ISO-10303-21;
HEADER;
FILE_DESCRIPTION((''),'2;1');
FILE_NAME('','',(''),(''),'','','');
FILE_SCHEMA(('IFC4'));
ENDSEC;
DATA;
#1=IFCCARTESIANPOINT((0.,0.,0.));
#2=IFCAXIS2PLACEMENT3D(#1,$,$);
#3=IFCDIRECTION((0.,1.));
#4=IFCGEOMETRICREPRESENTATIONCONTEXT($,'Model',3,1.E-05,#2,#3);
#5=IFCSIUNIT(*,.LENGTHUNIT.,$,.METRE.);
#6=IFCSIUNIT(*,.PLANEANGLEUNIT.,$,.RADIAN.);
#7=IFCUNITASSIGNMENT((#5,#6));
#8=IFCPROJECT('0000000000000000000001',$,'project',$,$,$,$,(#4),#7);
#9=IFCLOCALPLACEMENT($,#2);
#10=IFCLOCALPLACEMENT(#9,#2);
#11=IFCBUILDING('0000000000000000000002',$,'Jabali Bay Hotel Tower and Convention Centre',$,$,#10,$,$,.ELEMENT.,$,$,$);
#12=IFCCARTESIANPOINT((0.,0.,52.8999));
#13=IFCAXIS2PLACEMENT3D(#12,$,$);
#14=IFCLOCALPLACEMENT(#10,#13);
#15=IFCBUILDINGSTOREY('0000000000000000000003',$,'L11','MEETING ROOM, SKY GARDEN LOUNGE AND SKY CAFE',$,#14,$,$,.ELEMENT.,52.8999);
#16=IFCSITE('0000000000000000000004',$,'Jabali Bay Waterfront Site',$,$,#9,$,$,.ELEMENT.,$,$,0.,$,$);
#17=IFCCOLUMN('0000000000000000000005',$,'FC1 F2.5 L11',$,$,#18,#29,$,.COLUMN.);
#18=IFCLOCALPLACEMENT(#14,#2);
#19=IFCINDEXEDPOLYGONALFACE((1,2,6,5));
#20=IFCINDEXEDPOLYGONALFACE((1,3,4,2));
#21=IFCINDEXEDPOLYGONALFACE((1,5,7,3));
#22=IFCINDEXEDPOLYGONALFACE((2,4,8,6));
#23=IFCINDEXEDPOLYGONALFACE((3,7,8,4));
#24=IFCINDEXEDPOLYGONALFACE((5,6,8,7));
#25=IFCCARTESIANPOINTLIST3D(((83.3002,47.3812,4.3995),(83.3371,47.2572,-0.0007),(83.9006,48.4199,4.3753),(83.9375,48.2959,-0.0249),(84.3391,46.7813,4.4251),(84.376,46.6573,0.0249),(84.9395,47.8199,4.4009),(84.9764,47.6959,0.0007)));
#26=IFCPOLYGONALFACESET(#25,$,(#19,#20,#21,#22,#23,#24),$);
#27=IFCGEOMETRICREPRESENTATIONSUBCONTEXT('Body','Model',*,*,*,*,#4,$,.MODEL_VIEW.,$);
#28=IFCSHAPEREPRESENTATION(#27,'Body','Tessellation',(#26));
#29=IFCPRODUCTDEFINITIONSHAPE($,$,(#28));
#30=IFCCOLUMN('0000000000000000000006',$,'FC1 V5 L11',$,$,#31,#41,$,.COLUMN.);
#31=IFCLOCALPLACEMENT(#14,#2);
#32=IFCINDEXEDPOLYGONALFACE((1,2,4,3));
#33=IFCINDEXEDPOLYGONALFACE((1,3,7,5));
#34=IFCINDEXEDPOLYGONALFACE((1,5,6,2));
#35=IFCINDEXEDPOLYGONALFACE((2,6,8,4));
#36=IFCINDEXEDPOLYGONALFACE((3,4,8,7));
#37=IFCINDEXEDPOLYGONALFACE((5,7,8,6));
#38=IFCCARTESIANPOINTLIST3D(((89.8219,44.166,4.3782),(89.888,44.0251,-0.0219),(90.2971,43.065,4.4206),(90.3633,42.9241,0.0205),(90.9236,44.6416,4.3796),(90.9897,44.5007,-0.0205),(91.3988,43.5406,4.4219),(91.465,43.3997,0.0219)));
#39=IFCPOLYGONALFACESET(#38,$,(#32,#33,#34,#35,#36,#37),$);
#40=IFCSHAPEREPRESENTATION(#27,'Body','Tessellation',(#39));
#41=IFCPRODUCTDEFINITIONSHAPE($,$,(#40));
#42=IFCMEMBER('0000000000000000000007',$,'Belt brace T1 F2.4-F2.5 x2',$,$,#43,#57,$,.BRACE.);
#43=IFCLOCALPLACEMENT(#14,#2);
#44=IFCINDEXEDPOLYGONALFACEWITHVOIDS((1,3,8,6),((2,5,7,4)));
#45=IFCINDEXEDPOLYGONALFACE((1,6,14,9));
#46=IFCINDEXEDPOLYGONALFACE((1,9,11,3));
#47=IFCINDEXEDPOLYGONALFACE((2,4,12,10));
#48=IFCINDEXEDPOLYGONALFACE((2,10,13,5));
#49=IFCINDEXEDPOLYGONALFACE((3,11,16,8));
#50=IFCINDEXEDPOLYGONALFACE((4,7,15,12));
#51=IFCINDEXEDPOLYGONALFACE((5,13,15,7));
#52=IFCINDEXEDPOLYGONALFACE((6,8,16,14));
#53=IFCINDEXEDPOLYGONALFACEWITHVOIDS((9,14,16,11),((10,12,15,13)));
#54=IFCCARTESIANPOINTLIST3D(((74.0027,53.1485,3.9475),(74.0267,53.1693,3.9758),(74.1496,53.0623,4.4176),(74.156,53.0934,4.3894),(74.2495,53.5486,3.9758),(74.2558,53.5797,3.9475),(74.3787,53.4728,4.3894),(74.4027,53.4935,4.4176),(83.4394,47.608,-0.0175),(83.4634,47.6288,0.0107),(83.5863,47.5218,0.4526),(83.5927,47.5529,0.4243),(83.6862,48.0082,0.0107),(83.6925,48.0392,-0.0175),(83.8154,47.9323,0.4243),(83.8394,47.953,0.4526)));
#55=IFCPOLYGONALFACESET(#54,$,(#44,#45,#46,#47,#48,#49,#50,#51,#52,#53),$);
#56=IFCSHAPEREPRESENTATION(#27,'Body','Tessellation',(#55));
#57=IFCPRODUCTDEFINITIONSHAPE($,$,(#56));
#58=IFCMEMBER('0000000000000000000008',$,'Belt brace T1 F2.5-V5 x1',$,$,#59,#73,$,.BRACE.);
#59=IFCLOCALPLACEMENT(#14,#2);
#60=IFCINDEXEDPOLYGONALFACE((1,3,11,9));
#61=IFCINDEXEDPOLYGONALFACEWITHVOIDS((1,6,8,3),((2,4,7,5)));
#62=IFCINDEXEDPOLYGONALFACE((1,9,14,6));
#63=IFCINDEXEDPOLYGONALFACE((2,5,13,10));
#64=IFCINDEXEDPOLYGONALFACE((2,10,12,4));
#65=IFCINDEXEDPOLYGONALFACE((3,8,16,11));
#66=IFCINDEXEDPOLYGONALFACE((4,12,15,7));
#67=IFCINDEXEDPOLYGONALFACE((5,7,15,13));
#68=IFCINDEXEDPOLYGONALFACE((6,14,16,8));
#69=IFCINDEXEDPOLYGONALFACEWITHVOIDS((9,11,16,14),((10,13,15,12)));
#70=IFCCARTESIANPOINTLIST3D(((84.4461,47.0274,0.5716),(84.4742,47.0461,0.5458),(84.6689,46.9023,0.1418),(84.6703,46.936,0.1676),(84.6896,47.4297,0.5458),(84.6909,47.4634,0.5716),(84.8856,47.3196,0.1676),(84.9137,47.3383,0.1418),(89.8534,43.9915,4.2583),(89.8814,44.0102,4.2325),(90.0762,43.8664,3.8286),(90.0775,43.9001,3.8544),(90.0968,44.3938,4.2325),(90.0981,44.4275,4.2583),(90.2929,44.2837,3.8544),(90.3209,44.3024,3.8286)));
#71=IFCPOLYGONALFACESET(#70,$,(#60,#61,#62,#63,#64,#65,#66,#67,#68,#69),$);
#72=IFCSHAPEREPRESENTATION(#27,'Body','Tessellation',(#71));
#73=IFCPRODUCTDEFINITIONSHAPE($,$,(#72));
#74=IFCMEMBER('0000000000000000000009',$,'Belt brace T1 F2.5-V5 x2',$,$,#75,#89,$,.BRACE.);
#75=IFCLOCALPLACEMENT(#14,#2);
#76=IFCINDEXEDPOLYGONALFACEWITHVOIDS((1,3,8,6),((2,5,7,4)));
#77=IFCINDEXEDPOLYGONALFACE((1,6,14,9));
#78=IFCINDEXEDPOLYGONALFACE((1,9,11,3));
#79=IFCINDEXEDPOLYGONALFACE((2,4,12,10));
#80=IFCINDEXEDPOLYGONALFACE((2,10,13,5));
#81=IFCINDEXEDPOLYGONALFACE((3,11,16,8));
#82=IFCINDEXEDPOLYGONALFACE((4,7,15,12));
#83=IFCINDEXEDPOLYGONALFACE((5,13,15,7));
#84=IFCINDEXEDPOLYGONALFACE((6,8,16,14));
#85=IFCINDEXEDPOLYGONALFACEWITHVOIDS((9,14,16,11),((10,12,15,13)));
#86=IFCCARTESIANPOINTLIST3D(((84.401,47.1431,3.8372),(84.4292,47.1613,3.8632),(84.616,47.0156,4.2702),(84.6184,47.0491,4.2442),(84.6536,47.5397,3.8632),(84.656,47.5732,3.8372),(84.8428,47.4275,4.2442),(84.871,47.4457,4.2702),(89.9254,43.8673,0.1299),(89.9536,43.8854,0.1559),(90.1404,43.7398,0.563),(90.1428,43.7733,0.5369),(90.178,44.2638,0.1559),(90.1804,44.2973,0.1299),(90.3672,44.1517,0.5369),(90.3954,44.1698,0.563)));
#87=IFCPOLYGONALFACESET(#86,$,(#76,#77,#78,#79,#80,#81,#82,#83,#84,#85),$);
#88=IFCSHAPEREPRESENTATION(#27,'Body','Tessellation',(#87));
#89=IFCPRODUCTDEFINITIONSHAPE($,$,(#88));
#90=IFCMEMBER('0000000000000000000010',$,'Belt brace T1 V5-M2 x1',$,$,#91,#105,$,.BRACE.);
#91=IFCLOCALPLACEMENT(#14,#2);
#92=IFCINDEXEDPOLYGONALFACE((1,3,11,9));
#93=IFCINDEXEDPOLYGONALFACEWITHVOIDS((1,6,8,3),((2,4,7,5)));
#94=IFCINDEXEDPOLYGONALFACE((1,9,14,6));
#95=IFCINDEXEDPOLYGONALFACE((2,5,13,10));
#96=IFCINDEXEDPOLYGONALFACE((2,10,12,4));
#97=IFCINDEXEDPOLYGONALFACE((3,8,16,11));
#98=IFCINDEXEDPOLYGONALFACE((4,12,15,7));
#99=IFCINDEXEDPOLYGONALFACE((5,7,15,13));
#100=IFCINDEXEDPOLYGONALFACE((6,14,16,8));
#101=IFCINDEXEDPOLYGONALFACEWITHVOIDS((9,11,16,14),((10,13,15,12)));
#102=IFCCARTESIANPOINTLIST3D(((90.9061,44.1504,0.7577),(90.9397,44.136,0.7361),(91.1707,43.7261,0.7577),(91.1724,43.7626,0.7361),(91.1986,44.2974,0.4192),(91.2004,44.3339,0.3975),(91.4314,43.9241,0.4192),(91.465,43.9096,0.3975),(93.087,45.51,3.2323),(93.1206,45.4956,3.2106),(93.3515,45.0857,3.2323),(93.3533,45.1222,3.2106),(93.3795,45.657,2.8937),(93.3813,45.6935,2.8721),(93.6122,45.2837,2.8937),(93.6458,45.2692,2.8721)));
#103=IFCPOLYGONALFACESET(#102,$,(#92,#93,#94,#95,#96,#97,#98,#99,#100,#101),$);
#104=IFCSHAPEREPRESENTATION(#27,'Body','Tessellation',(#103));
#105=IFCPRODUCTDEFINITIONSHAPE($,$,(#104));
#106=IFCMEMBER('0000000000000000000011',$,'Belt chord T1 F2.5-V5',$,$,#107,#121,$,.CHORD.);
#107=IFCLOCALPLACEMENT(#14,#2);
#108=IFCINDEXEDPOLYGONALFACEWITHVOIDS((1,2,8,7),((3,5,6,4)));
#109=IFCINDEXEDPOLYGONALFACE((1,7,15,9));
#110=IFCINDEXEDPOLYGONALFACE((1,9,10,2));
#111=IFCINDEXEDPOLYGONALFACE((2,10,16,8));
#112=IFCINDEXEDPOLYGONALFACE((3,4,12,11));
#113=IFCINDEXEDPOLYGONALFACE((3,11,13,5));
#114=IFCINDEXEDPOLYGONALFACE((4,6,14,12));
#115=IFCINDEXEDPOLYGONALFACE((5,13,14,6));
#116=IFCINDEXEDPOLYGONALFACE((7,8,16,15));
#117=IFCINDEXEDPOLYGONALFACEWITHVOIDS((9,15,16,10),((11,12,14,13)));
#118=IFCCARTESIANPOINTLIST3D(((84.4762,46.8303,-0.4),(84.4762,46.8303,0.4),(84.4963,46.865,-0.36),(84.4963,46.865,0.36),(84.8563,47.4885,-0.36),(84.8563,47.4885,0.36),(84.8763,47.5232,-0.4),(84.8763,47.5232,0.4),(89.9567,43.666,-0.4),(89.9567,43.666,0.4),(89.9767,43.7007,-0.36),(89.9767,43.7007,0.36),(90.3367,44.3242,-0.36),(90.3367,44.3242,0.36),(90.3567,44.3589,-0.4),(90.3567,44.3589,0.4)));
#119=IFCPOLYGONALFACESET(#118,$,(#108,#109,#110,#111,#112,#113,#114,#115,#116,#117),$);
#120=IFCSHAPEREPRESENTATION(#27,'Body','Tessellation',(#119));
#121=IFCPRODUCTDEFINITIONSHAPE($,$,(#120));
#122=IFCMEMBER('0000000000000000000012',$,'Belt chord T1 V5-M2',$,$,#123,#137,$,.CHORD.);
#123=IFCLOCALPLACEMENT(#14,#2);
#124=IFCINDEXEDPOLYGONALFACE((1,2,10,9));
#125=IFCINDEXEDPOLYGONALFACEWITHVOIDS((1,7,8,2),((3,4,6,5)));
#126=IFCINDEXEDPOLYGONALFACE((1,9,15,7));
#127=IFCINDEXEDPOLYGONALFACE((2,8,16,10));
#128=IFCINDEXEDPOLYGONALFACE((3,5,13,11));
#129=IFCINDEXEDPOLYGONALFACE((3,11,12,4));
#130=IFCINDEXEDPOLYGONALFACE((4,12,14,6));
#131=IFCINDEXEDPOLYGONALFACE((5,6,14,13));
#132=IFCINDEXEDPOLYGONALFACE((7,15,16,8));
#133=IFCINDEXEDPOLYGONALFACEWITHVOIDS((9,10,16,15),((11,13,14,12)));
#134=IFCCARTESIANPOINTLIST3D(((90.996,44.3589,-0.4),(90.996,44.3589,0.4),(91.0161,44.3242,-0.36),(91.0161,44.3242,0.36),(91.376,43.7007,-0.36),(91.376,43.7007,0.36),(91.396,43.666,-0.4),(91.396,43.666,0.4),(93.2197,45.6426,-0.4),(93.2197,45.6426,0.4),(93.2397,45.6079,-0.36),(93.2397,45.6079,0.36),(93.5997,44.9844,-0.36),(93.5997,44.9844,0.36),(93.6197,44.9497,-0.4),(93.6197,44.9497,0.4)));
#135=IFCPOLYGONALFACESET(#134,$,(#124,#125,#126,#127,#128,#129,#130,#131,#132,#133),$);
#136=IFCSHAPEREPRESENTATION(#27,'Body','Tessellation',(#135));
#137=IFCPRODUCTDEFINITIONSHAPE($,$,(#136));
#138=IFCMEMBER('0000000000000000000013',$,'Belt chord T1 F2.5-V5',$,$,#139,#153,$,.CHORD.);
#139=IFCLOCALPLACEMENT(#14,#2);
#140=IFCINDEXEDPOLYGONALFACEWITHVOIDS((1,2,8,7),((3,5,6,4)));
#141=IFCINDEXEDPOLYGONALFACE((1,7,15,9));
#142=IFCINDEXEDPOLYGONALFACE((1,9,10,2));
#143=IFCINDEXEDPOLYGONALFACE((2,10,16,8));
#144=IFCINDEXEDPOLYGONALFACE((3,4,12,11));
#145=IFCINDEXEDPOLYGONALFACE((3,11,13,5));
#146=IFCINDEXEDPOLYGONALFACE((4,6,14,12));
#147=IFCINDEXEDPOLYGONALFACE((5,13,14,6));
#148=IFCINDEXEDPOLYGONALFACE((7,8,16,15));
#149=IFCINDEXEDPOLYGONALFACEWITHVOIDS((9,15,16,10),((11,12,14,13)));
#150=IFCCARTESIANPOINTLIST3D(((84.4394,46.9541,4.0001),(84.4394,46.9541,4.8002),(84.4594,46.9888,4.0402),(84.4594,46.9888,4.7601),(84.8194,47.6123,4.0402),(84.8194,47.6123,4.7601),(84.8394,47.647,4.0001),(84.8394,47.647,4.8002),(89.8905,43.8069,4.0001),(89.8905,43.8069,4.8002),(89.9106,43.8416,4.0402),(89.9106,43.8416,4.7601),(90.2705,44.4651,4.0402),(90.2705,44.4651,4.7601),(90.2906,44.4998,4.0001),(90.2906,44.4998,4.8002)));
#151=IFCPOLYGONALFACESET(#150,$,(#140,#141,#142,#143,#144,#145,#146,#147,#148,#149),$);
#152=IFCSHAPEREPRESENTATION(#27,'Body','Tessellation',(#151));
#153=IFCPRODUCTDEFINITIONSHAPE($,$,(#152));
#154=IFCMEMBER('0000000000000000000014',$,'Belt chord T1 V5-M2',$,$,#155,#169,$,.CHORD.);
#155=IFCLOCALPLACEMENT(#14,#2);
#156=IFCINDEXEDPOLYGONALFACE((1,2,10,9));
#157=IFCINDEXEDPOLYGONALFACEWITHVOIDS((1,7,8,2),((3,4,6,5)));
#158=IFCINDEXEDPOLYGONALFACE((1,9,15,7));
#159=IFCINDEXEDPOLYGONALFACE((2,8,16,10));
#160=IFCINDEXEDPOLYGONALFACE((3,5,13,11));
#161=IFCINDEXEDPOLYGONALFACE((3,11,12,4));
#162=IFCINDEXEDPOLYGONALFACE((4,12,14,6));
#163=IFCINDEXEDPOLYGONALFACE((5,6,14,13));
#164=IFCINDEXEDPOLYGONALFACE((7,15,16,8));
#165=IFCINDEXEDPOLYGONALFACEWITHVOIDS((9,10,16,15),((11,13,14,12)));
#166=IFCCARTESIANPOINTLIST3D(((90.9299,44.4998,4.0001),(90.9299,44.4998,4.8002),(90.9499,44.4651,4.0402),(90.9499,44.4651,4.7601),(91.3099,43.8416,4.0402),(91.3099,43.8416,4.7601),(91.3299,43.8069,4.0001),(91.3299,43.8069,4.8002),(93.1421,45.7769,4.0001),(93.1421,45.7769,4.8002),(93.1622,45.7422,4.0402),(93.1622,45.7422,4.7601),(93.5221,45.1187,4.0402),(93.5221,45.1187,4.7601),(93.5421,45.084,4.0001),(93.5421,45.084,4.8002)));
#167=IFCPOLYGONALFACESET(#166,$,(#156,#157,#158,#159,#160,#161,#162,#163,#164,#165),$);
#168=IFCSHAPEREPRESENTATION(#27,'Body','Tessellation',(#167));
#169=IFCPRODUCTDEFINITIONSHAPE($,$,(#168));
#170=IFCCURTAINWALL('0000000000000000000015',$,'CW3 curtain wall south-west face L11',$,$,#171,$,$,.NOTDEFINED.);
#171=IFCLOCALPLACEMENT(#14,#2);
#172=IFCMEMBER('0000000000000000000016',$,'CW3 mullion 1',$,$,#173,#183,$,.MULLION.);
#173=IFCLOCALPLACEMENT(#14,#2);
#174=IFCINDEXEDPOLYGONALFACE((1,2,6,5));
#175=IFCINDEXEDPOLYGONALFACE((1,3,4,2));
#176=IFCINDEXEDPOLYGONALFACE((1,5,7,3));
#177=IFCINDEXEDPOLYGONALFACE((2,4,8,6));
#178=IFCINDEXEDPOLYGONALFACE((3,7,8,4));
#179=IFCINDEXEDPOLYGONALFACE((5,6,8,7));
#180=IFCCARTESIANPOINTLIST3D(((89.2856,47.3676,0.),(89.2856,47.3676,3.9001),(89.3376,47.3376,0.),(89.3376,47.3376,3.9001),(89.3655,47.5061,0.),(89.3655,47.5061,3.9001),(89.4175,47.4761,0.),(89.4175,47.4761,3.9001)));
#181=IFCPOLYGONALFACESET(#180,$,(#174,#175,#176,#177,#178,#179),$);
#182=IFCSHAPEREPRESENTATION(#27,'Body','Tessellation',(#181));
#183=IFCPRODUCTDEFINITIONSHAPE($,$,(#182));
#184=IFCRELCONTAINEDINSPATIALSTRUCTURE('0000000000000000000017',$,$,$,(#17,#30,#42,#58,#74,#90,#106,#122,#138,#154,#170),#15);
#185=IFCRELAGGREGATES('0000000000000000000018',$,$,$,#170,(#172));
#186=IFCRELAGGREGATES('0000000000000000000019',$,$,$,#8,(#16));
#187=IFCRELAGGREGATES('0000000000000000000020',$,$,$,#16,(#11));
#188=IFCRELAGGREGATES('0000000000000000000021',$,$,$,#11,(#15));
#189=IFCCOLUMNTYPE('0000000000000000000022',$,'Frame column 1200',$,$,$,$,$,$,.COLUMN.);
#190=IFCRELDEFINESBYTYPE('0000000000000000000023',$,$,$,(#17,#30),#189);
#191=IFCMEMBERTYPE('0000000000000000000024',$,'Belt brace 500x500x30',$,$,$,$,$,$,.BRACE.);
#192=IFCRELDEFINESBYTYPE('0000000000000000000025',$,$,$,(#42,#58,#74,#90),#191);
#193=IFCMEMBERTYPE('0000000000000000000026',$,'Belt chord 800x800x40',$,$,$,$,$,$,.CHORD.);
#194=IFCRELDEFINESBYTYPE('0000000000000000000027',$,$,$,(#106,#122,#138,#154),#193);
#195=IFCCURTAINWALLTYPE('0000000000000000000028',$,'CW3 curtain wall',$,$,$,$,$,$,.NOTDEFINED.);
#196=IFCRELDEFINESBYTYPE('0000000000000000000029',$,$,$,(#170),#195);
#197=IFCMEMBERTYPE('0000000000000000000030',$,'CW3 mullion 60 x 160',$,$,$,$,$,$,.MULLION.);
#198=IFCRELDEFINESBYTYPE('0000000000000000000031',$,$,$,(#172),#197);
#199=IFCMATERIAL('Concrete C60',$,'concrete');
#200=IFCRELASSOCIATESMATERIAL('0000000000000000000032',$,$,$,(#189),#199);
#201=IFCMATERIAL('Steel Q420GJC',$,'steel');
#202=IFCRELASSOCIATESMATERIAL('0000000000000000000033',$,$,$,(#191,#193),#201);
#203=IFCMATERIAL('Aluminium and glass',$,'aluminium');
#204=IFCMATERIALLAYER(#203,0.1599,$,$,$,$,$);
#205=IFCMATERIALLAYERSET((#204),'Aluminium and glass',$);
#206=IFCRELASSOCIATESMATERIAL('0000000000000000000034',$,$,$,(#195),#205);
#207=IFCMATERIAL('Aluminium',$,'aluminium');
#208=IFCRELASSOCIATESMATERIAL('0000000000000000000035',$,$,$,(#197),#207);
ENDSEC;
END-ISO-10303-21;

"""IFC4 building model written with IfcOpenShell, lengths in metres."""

from ifc_helpers import new_model, si_unit, direction, frame, origin, origin_2d, place, context, subcontext, project, spatial, rectangle, hollow_rectangle, extrude, material, layer, layer_set, material_profile, profile_set, type_object, element, aggregate, save


model = new_model("IFC4")

# Units and contexts
model_context = context("Model", 3, precision=1e-05, world=origin(), true_north=direction((0.0, 1.0)))
body_context = subcontext(model_context, "Body", "Model", "MODEL_VIEW")
ifc_project = project(units=[si_unit("LENGTHUNIT", "METRE"), si_unit("PLANEANGLEUNIT", "RADIAN")], contexts=[model_context])

# Site, building, storey
site_placement = place(None, origin())
site = spatial("IfcSite", under=ifc_project, at=site_placement, Name="Jabali Bay Waterfront Site", CompositionType="ELEMENT", RefElevation=0.0)
building_placement = place(site_placement, origin())
building = spatial("IfcBuilding", under=site, at=building_placement, Name="Jabali Bay Hotel Tower and Convention Centre", CompositionType="ELEMENT")
storey_placement = place(building_placement, frame((0.0, 0.0, 52.8999)))
storey = spatial("IfcBuildingStorey", under=building, at=storey_placement, Name="L11", Description="MEETING ROOM, SKY GARDEN LOUNGE AND SKY CAFE", CompositionType="ELEMENT", Elevation=52.8999)

# Columns
ifc_material_1 = material(Name="Concrete C60", Category="concrete")
ifc_material_profile_1 = material_profile(ifc_material_1, rectangle(XDim=1.2, YDim=1.2, at=origin_2d()), Name="Frame column 1200")
ifc_profile_set_1 = profile_set([ifc_material_profile_1], Name="Concrete C60")
column_type = type_object("IfcColumnType", Name="Frame column 1200", PredefinedType="COLUMN", material=ifc_profile_set_1)
column_1_placement = place(storey_placement, frame((84.1567, 47.4766, 0.0), z_axis=(-0.008375, 0.028174, 0.999568), x_axis=(-0.500377, -0.865572, 0.020205)))
element("IfcColumn", 1, at=column_1_placement, inside=storey, type_object=column_type, Name="FC1 F2.5 L11", PredefinedType="COLUMN", context=body_context, shape_type="SweptSolid", body=[
    extrude(rectangle(XDim=1.2, YDim=1.2, at=origin_2d()), origin(), (0.0, 0.0, 1.0), 4.4021),
])
column_2_placement = place(storey_placement, frame((90.6765, 43.7124, 0.0), z_axis=(-0.015027, 0.031995, 0.999375), x_axis=(0.39606, -0.917545, 0.03533)))
element("IfcColumn", 2, at=column_2_placement, inside=storey, type_object=column_type, Name="FC1 V5 L11", PredefinedType="COLUMN", context=body_context, shape_type="SweptSolid", body=[
    extrude(rectangle(XDim=1.2, YDim=1.2, at=origin_2d()), origin(), (0.0, 0.0, 1.0), 4.4028),
])

# Members
ifc_material_2 = material(Name="Steel Q420GJC", Category="steel")
ifc_material_profile_2 = material_profile(ifc_material_2, hollow_rectangle(XDim=0.5, YDim=0.5, WallThickness=0.03, at=origin_2d()), Name="Belt brace 500x500x30")
ifc_profile_set_2 = profile_set([ifc_material_profile_2], Name="Steel Q420GJC")
member_type_1 = type_object("IfcMemberType", Name="Belt brace 500x500x30", PredefinedType="BRACE", material=ifc_profile_set_2)
member_1_placement = place(storey_placement, frame((83.6394, 47.7805, 0.2175), z_axis=(-0.810772, 0.476021, 0.340665), x_axis=(-0.506306, -0.862354, 0.0)))
element("IfcMember", 3, at=member_1_placement, inside=storey, type_object=member_type_1, Name="Belt brace T1 F2.4-F2.5 x2", PredefinedType="BRACE", context=body_context, shape_type="SweptSolid", body=[
    extrude(hollow_rectangle(XDim=0.5, YDim=0.5, WallThickness=0.03, at=origin_2d()), origin(), (0.0, 0.0, 1.0), 11.6392),
])
member_2_placement = place(storey_placement, frame((84.6799, 47.1829, 0.3567), z_axis=(0.749509, -0.420812, 0.511032), x_axis=(0.489566, 0.871966, 0.0)))
element("IfcMember", 4, at=member_2_placement, inside=storey, type_object=member_type_1, Name="Belt brace T1 F2.5-V5 x1", PredefinedType="BRACE", context=body_context, shape_type="SweptSolid", body=[
    extrude(hollow_rectangle(XDim=0.5, YDim=0.5, WallThickness=0.03, at=origin_2d()), origin(), (0.0, 0.0, 1.0), 7.2144),
])
member_3_placement = place(storey_placement, frame((90.1604, 44.0186, 0.3464), z_axis=(-0.74495, 0.441742, 0.499914), x_axis=(-0.51005, -0.860145, 0.0)))
element("IfcMember", 5, at=member_3_placement, inside=storey, type_object=member_type_1, Name="Belt brace T1 F2.5-V5 x2", PredefinedType="BRACE", context=body_context, shape_type="SweptSolid", body=[
    extrude(hollow_rectangle(XDim=0.5, YDim=0.5, WallThickness=0.03, at=origin_2d()), origin(), (0.0, 0.0, 1.0), 7.4158),
])
member_4_placement = place(storey_placement, frame((91.1855, 44.03, 0.5776), z_axis=(0.611289, 0.381089, 0.693611), x_axis=(-0.529034, 0.848601, 0.0)))
element("IfcMember", 6, at=member_4_placement, inside=storey, type_object=member_type_1, Name="Belt brace T1 V5-M2 x1", PredefinedType="BRACE", context=body_context, shape_type="SweptSolid", body=[
    extrude(hollow_rectangle(XDim=0.5, YDim=0.5, WallThickness=0.03, at=origin_2d()), origin(), (0.0, 0.0, 1.0), 3.5676),
])
ifc_material_profile_3 = material_profile(ifc_material_2, hollow_rectangle(XDim=0.8, YDim=0.8, WallThickness=0.04, at=origin_2d()), Name="Belt chord 800x800x40")
ifc_profile_set_3 = profile_set([ifc_material_profile_3], Name="Steel Q420GJC")
member_type_2 = type_object("IfcMemberType", Name="Belt chord 800x800x40", PredefinedType="CHORD", material=ifc_profile_set_3)
member_5_placement = place(storey_placement, frame((84.6763, 47.1768, 0.0), z_axis=(0.866015, -0.500019, 0.0), x_axis=(0.500019, 0.866015, 0.0)))
element("IfcMember", 7, at=member_5_placement, inside=storey, type_object=member_type_2, Name="Belt chord T1 F2.5-V5", PredefinedType="CHORD", context=body_context, shape_type="SweptSolid", body=[
    extrude(hollow_rectangle(XDim=0.8, YDim=0.8, WallThickness=0.04, at=origin_2d()), origin(), (0.0, 0.0, 1.0), 6.3284),
])
member_6_placement = place(storey_placement, frame((91.196, 44.0125, 0.0), z_axis=(0.866046, 0.499964, 0.0), x_axis=(-0.499964, 0.866046, 0.0)))
element("IfcMember", 8, at=member_6_placement, inside=storey, type_object=member_type_2, Name="Belt chord T1 V5-M2", PredefinedType="CHORD", context=body_context, shape_type="SweptSolid", body=[
    extrude(hollow_rectangle(XDim=0.8, YDim=0.8, WallThickness=0.04, at=origin_2d()), origin(), (0.0, 0.0, 1.0), 2.5676),
])
member_7_placement = place(storey_placement, frame((84.6394, 47.3005, 4.4001), z_axis=(0.866027, -0.499998, 0.0), x_axis=(0.499998, 0.866027, 0.0)))
element("IfcMember", 9, at=member_7_placement, inside=storey, type_object=member_type_2, Name="Belt chord T1 F2.5-V5", PredefinedType="CHORD", context=body_context, shape_type="SweptSolid", body=[
    extrude(hollow_rectangle(XDim=0.8, YDim=0.8, WallThickness=0.04, at=origin_2d()), origin(), (0.0, 0.0, 1.0), 6.2944),
])
member_8_placement = place(storey_placement, frame((91.1299, 44.1533, 4.4001), z_axis=(0.866041, 0.499973, 0.0), x_axis=(-0.499973, 0.866041, 0.0)))
element("IfcMember", 10, at=member_8_placement, inside=storey, type_object=member_type_2, Name="Belt chord T1 V5-M2", PredefinedType="CHORD", context=body_context, shape_type="SweptSolid", body=[
    extrude(hollow_rectangle(XDim=0.8, YDim=0.8, WallThickness=0.04, at=origin_2d()), origin(), (0.0, 0.0, 1.0), 2.5544),
])

# Curtain wall, member
ifc_material_3 = material(Name="Aluminium and glass", Category="aluminium")
ifc_layer_1 = layer(ifc_material_3, 0.1599)
ifc_layer_set_1 = layer_set([ifc_layer_1], Name="Aluminium and glass")
curtain_wall_type = type_object("IfcCurtainWallType", Name="CW3 curtain wall", PredefinedType="NOTDEFINED", material=ifc_layer_set_1)
curtain_wall_placement = place(storey_placement, origin())
curtain_wall = element("IfcCurtainWall", 11, at=curtain_wall_placement, inside=storey, type_object=curtain_wall_type, Name="CW3 curtain wall south-west face L11", PredefinedType="NOTDEFINED")
ifc_material_4 = material(Name="Aluminium", Category="aluminium")
ifc_material_profile_4 = material_profile(ifc_material_4, rectangle(XDim=0.1599, YDim=0.0601, at=origin_2d()), Name="CW3 mullion 60 x 160")
ifc_profile_set_4 = profile_set([ifc_material_profile_4], Name="Aluminium")
member_type_3 = type_object("IfcMemberType", Name="CW3 mullion 60 x 160", PredefinedType="MULLION", material=ifc_profile_set_4)
member_9_placement = place(storey_placement, frame((89.3516, 47.4219, 0.0), z_axis=(0.0, 0.0, 1.0), x_axis=(-0.5, -0.866025, 0.0)))
member_9 = element("IfcMember", 12, at=member_9_placement, type_object=member_type_3, Name="CW3 mullion 1", PredefinedType="MULLION", context=body_context, shape_type="SweptSolid", body=[
    extrude(rectangle(XDim=0.1599, YDim=0.0601, at=origin_2d()), origin(), (0.0, 0.0, 1.0), 3.9001),
])

aggregate(curtain_wall, [member_9])

save(model, "model.ifc")
